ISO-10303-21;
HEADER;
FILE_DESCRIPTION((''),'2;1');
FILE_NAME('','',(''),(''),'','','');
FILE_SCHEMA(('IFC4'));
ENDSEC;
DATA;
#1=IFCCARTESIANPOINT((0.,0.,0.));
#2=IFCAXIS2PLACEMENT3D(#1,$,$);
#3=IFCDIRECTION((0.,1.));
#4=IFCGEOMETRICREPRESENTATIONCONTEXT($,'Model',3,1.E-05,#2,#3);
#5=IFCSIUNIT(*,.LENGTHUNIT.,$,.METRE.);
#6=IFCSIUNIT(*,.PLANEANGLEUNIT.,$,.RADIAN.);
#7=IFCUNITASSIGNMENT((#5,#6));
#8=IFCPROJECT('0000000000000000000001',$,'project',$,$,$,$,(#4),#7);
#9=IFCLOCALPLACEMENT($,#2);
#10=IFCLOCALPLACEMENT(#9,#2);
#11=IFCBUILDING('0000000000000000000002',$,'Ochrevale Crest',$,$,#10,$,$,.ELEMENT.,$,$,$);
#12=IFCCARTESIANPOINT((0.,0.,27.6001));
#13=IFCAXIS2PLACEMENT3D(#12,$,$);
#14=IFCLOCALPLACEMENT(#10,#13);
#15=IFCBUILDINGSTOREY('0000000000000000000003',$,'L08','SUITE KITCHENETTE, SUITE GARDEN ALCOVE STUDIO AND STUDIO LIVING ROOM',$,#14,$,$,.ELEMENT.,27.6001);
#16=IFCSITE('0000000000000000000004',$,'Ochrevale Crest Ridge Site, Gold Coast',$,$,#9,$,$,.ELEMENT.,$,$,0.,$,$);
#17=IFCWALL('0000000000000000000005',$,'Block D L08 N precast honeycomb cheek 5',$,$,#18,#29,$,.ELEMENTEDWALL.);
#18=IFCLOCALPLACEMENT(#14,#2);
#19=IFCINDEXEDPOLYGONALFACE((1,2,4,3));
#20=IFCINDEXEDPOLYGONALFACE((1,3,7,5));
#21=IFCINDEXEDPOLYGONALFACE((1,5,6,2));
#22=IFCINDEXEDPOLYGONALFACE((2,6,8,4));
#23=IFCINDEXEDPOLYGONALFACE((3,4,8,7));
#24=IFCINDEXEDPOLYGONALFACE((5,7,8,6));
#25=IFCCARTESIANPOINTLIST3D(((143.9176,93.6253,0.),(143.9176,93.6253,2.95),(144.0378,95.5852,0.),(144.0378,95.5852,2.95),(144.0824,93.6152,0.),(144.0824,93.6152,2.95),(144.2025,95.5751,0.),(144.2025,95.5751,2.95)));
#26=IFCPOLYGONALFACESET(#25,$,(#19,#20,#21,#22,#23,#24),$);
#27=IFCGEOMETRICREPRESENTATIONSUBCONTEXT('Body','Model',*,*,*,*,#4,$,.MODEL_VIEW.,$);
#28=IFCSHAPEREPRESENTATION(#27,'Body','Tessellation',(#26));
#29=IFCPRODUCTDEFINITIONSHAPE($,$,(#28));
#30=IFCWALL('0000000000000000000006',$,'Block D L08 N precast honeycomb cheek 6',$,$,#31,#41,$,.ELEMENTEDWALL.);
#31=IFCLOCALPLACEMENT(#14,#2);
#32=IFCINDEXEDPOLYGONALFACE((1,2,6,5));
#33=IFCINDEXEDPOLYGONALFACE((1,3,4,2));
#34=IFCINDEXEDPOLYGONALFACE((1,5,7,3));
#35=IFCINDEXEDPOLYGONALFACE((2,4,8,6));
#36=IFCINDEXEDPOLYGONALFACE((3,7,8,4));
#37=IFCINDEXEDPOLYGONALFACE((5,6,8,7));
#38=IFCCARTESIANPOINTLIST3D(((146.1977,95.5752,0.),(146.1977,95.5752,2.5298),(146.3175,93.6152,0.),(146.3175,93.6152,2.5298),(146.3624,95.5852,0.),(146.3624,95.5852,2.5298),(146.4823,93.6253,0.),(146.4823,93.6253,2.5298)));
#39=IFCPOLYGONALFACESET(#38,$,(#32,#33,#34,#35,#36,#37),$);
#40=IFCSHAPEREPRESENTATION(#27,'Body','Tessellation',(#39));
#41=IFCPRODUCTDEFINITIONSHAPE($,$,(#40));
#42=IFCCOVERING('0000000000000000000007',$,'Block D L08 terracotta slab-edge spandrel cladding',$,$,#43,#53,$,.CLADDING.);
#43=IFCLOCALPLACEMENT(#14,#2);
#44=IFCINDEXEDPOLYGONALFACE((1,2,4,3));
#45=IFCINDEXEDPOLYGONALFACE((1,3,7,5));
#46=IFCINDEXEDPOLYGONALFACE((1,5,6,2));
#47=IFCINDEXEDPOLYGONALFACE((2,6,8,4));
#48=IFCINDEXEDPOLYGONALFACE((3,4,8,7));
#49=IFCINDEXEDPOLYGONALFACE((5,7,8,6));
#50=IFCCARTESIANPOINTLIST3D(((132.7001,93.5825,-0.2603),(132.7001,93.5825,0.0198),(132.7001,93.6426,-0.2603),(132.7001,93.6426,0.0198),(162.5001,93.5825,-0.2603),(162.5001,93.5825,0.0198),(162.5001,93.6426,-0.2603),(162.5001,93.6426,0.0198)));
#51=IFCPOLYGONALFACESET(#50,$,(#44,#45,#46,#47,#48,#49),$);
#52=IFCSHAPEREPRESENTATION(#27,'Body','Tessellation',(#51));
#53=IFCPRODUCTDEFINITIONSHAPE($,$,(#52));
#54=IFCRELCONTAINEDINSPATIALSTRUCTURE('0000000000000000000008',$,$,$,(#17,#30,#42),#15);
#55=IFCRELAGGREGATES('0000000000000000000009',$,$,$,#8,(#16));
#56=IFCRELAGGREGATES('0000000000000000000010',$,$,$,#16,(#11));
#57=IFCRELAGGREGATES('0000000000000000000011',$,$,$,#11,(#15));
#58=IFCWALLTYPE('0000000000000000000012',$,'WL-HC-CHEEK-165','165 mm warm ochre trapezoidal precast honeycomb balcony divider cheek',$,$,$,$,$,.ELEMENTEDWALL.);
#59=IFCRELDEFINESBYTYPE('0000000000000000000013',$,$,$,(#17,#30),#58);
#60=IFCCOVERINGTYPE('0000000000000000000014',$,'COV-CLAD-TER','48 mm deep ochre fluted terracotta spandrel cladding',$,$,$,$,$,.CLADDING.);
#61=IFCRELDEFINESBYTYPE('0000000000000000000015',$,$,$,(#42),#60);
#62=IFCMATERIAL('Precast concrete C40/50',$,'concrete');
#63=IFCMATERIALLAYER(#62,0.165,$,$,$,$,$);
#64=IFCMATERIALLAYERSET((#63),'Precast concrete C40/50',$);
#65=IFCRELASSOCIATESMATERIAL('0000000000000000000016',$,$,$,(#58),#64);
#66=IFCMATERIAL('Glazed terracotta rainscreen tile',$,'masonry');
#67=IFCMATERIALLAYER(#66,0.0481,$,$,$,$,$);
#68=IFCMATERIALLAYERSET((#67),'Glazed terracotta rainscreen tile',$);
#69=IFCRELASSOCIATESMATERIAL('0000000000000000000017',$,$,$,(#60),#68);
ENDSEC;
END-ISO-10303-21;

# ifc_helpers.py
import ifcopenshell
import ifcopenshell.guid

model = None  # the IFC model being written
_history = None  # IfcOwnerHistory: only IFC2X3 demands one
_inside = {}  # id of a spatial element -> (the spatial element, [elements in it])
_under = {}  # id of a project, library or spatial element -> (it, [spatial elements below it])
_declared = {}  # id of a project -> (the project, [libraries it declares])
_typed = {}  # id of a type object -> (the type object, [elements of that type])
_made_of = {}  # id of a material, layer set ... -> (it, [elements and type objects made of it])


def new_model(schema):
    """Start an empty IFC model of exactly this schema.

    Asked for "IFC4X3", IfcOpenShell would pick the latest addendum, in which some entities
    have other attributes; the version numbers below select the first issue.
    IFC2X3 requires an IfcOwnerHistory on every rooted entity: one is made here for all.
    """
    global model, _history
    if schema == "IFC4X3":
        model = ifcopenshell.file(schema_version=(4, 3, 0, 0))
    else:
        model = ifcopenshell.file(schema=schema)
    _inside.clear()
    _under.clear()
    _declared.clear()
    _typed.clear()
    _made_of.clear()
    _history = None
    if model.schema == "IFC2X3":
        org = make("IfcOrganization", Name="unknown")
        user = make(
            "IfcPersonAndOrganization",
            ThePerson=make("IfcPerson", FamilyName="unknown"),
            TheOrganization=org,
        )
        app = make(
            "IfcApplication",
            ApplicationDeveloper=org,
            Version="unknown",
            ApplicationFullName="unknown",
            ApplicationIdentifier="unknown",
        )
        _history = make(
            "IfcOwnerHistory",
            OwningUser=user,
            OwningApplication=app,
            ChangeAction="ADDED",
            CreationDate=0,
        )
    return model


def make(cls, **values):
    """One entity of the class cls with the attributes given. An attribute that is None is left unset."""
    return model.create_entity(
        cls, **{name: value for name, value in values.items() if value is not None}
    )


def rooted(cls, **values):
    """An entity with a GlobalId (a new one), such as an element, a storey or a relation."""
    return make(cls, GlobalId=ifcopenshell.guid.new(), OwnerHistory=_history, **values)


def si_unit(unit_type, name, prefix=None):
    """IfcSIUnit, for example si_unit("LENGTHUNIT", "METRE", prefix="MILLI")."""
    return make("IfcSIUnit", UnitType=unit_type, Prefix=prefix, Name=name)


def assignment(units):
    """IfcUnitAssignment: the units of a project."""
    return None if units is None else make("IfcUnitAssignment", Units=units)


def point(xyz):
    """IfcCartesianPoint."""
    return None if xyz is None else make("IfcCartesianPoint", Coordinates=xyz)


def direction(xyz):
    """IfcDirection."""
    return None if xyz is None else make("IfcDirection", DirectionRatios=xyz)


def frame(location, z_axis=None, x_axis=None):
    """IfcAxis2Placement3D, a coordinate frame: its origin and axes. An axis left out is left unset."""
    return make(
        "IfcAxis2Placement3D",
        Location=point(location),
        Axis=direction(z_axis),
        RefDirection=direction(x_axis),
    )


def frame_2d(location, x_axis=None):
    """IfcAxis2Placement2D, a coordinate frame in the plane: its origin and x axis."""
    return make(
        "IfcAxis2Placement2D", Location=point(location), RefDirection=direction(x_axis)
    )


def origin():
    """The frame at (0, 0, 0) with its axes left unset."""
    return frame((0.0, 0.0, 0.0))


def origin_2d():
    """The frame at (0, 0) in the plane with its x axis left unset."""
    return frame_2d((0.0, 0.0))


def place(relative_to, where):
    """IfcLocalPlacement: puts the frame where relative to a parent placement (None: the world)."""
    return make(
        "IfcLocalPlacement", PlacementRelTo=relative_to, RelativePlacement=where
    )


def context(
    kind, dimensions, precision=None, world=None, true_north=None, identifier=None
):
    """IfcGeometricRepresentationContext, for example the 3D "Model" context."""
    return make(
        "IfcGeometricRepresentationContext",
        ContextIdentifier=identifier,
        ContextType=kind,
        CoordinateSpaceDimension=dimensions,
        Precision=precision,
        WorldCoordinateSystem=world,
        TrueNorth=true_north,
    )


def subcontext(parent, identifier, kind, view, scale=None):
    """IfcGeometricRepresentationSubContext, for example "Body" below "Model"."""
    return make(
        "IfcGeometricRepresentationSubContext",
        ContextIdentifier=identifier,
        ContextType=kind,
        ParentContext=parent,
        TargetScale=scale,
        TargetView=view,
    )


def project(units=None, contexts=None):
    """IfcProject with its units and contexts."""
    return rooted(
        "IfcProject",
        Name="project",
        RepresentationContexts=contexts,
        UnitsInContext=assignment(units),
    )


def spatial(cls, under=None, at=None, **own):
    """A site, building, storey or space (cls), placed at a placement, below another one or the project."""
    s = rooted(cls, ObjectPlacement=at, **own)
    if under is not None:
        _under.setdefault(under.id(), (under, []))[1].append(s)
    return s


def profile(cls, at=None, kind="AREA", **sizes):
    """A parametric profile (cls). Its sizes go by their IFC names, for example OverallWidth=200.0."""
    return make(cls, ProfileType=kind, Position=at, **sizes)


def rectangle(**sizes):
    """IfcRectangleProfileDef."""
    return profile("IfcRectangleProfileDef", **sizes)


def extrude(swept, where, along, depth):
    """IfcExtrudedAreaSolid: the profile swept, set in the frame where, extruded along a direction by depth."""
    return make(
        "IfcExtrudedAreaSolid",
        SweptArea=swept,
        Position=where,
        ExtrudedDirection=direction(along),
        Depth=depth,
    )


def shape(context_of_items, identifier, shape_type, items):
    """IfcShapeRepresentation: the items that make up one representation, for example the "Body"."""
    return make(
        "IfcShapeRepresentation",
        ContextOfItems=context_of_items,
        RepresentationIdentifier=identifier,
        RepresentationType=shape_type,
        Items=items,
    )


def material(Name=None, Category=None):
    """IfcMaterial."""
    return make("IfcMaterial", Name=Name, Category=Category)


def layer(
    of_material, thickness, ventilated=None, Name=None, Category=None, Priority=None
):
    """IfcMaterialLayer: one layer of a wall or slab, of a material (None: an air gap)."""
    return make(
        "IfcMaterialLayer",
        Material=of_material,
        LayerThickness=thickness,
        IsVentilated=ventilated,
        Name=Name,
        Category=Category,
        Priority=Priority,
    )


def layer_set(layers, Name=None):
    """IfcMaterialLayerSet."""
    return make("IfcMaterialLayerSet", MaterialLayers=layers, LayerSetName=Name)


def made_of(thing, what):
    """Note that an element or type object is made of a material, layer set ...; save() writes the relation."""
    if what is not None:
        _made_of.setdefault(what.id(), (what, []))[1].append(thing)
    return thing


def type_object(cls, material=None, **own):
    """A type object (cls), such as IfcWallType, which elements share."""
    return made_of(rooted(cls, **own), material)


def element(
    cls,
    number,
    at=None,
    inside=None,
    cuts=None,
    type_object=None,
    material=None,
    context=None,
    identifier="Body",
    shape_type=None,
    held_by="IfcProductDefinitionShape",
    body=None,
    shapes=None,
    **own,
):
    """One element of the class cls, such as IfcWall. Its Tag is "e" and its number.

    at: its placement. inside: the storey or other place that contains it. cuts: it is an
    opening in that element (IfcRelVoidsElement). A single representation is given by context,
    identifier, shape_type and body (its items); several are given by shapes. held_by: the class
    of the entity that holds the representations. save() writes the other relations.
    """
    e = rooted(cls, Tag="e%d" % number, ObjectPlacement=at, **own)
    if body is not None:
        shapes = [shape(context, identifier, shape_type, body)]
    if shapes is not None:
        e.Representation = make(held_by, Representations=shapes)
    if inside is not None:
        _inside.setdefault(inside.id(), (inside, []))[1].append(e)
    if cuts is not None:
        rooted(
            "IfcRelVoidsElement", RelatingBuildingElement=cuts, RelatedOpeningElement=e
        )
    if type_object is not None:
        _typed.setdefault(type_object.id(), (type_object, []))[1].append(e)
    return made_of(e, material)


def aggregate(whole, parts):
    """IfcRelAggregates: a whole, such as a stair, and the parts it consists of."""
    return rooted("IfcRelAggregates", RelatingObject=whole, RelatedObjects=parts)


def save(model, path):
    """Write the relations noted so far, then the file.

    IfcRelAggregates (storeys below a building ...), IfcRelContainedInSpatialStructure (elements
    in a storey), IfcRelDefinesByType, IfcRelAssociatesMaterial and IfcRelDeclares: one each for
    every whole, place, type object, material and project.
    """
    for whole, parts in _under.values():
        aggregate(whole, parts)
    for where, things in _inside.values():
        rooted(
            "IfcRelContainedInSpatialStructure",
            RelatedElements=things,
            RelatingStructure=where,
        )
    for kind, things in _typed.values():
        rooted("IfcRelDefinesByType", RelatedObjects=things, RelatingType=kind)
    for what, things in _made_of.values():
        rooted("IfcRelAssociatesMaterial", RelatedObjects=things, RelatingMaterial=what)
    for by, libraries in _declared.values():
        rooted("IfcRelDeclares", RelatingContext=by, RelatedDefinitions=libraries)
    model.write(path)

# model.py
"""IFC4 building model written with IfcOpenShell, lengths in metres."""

from ifc_helpers import new_model, si_unit, direction, frame, frame_2d, origin, origin_2d, place, context, subcontext, project, spatial, rectangle, extrude, material, layer, layer_set, type_object, element, save


model = new_model("IFC4")

# Units and contexts
model_context = context("Model", 3, precision=1e-05, world=origin(), true_north=direction((0.0, 1.0)))
body_context = subcontext(model_context, "Body", "Model", "MODEL_VIEW")
ifc_project = project(units=[si_unit("LENGTHUNIT", "METRE"), si_unit("PLANEANGLEUNIT", "RADIAN")], contexts=[model_context])

# Site, building, storey
site_placement = place(None, origin())
site = spatial("IfcSite", under=ifc_project, at=site_placement, Name="Ochrevale Crest Ridge Site, Gold Coast", CompositionType="ELEMENT", RefElevation=0.0)
building_placement = place(site_placement, origin())
building = spatial("IfcBuilding", under=site, at=building_placement, Name="Ochrevale Crest", CompositionType="ELEMENT")
storey_placement = place(building_placement, frame((0.0, 0.0, 27.6001)))
storey = spatial("IfcBuildingStorey", under=building, at=storey_placement, Name="L08", Description="SUITE KITCHENETTE, SUITE GARDEN ALCOVE STUDIO AND STUDIO LIVING ROOM", CompositionType="ELEMENT", Elevation=27.6001)

# Shared definitions
ifc_material_1 = material(Name="Precast concrete C40/50", Category="concrete")

# Walls
ifc_layer_1 = layer(ifc_material_1, 0.165)
ifc_layer_set_1 = layer_set([ifc_layer_1], Name="Precast concrete C40/50")
wall_type = type_object("IfcWallType", Name="WL-HC-CHEEK-165", Description="165 mm warm ochre trapezoidal precast honeycomb balcony divider cheek", PredefinedType="ELEMENTEDWALL", material=ifc_layer_set_1)
wall_1_placement = place(storey_placement, frame((144.0, 93.6201, 0.0), z_axis=(0.0, 0.0, 1.0), x_axis=(0.061171, 0.998127, 0.0)))
element("IfcWall", 1, at=wall_1_placement, inside=storey, type_object=wall_type, Name="Block D L08 N precast honeycomb cheek 5", PredefinedType="ELEMENTEDWALL", context=body_context, shape_type="SweptSolid", body=[
    extrude(rectangle(XDim=1.9636, YDim=0.165, at=frame_2d((0.9819, 0.0))), origin(), (0.0, 0.0, 1.0), 2.95),
])
wall_2_placement = place(storey_placement, frame((146.3999, 93.6201, 0.0), z_axis=(0.0, 0.0, 1.0), x_axis=(-0.061047, 0.998135, 0.0)))
element("IfcWall", 2, at=wall_2_placement, inside=storey, type_object=wall_type, Name="Block D L08 N precast honeycomb cheek 6", PredefinedType="ELEMENTEDWALL", context=body_context, shape_type="SweptSolid", body=[
    extrude(rectangle(XDim=1.9636, YDim=0.165, at=frame_2d((0.9819, 0.0))), origin(), (0.0, 0.0, 1.0), 2.5298),
])

# Covering
ifc_material_2 = material(Name="Glazed terracotta rainscreen tile", Category="masonry")
ifc_layer_2 = layer(ifc_material_2, 0.0481)
ifc_layer_set_2 = layer_set([ifc_layer_2], Name="Glazed terracotta rainscreen tile")
covering_type = type_object("IfcCoveringType", Name="COV-CLAD-TER", Description="48 mm deep ochre fluted terracotta spandrel cladding", PredefinedType="CLADDING", material=ifc_layer_set_2)
covering_placement = place(storey_placement, frame((147.6001, 93.6125, -0.2603), z_axis=(0.0, 0.0, 1.0), x_axis=(-1.0, 0.0, 0.0)))
element("IfcCovering", 3, at=covering_placement, inside=storey, type_object=covering_type, Name="Block D L08 terracotta slab-edge spandrel cladding", PredefinedType="CLADDING", context=body_context, shape_type="SweptSolid", body=[
    extrude(rectangle(XDim=29.8, YDim=0.0601, at=origin_2d()), origin(), (0.0, 0.0, 1.0), 0.28),
])

save(model, "model.ifc")
